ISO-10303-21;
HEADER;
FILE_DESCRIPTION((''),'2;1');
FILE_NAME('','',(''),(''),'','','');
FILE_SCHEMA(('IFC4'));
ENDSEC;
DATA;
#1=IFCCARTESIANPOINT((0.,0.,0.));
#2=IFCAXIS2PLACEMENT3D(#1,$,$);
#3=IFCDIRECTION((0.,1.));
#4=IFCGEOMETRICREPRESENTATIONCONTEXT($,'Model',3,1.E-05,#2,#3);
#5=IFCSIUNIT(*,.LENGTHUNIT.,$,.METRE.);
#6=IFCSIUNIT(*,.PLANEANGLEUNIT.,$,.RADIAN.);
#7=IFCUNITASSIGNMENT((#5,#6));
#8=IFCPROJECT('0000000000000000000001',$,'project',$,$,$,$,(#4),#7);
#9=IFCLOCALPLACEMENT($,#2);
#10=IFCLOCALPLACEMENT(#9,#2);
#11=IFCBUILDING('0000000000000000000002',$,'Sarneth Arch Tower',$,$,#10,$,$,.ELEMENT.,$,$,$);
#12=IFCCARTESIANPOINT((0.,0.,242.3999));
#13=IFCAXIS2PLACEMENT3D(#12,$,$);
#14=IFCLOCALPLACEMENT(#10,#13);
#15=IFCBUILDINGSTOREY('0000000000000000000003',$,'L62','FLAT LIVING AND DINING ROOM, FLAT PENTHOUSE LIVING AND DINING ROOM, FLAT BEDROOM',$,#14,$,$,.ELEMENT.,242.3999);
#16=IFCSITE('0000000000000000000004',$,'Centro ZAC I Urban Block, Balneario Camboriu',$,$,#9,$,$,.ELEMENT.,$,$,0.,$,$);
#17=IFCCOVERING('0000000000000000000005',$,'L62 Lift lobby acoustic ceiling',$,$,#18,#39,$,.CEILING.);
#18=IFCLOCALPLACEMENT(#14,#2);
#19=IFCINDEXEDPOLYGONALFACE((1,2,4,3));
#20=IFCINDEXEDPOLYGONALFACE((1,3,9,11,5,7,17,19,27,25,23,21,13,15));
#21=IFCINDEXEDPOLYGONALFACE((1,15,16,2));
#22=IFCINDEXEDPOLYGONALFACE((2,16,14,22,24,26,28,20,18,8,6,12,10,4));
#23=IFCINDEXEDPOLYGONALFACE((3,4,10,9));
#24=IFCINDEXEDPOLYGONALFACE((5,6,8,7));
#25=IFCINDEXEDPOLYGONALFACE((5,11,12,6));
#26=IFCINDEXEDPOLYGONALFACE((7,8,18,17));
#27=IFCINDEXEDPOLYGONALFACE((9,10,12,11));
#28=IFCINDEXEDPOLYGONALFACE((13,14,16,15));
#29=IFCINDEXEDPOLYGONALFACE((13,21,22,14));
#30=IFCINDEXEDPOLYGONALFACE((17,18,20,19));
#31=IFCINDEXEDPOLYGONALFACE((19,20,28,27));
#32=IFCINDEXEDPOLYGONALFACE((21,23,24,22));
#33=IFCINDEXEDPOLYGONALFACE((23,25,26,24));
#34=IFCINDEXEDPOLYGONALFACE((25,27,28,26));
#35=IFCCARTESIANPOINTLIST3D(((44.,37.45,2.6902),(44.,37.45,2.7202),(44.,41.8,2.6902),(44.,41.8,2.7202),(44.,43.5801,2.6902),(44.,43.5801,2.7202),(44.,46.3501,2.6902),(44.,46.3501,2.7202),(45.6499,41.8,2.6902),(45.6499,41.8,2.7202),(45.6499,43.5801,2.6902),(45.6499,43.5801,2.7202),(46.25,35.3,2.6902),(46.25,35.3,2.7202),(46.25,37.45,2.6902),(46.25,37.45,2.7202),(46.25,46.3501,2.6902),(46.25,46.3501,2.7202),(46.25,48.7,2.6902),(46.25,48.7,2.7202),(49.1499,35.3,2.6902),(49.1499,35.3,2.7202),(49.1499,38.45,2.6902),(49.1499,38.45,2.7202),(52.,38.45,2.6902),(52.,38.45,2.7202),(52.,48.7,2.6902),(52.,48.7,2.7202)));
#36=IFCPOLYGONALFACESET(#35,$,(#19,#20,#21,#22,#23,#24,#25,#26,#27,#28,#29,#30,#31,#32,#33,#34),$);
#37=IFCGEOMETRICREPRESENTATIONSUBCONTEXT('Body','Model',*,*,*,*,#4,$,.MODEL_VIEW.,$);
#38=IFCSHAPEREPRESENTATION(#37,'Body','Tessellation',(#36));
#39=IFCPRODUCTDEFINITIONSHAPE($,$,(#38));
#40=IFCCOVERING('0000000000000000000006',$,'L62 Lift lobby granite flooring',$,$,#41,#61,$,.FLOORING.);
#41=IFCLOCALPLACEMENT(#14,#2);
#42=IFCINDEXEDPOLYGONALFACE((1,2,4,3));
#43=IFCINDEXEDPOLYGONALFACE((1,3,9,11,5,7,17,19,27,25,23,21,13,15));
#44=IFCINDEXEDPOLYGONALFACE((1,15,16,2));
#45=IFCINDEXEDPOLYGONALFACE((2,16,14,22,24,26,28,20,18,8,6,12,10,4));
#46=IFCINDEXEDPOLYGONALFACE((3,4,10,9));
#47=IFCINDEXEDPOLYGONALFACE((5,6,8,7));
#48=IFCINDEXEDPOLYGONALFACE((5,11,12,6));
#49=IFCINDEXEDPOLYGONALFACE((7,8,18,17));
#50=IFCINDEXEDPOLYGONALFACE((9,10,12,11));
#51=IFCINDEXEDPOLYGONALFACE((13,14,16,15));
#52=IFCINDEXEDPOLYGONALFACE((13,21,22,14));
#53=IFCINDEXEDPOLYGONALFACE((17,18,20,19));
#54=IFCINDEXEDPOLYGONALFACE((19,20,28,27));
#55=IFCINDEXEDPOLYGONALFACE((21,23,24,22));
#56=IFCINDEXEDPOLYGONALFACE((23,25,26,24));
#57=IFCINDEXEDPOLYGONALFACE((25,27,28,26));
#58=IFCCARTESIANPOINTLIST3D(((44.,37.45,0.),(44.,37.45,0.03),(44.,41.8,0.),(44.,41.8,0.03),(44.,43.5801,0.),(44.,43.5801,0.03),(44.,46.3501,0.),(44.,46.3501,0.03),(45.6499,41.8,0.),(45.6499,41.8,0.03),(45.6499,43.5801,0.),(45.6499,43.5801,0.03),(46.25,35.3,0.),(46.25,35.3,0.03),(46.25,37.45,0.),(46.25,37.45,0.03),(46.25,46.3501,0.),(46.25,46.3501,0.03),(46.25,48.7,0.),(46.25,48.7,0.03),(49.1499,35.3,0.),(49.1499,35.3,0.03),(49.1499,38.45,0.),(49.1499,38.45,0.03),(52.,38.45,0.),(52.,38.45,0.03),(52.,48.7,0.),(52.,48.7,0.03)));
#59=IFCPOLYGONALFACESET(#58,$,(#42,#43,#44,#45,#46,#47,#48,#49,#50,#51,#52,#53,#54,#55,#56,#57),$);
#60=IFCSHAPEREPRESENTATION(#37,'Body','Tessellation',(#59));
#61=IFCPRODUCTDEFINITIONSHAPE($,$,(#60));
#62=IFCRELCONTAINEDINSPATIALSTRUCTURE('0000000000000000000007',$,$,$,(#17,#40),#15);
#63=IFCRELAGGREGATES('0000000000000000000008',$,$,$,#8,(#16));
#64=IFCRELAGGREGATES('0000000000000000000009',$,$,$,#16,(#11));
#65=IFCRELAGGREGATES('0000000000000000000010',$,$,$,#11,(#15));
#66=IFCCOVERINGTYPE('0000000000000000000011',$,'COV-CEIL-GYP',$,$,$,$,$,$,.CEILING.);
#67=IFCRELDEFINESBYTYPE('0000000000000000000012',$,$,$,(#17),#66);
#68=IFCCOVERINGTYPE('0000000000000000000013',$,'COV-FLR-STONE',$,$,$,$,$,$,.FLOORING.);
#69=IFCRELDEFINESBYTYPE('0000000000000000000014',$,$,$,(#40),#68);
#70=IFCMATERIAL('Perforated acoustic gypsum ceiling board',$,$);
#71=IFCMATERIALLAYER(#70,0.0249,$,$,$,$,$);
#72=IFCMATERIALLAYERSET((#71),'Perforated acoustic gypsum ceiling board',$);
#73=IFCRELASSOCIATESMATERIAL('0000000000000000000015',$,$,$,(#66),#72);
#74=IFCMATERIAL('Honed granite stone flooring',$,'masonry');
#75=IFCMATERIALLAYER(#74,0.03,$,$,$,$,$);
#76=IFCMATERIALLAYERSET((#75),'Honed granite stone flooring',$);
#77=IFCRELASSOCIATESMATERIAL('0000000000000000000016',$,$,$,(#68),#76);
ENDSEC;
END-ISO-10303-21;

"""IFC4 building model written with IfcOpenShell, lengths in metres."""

from ifc_helpers import new_model, si_unit, direction, frame, origin, place, context, subcontext, project, spatial, polyline, outline, extrude, material, layer, layer_set, type_object, element, save


model = new_model("IFC4")

# Units and contexts
model_context = context("Model", 3, precision=1e-05, world=origin(), true_north=direction((0.0, 1.0)))
body_context = subcontext(model_context, "Body", "Model", "MODEL_VIEW")
ifc_project = project(units=[si_unit("LENGTHUNIT", "METRE"), si_unit("PLANEANGLEUNIT", "RADIAN")], contexts=[model_context])

# Site, building, storey
site_placement = place(None, origin())
site = spatial("IfcSite", under=ifc_project, at=site_placement, Name="Centro ZAC I Urban Block, Balneario Camboriu", CompositionType="ELEMENT", RefElevation=0.0)
building_placement = place(site_placement, origin())
building = spatial("IfcBuilding", under=site, at=building_placement, Name="Sarneth Arch Tower", CompositionType="ELEMENT")
storey_placement = place(building_placement, frame((0.0, 0.0, 242.3999)))
storey = spatial("IfcBuildingStorey", under=building, at=storey_placement, Name="L62", Description="FLAT LIVING AND DINING ROOM, FLAT PENTHOUSE LIVING AND DINING ROOM, FLAT BEDROOM", CompositionType="ELEMENT", Elevation=242.3999)

# Coverings
ifc_material_1 = material(Name="Perforated acoustic gypsum ceiling board")
ifc_layer_1 = layer(ifc_material_1, 0.0249)
ifc_layer_set_1 = layer_set([ifc_layer_1], Name="Perforated acoustic gypsum ceiling board")
covering_type_1 = type_object("IfcCoveringType", Name="COV-CEIL-GYP", PredefinedType="CEILING", material=ifc_layer_set_1)
covering_1_placement = place(storey_placement, frame((0.0, 0.0, 2.6902)))
element("IfcCovering", 1, at=covering_1_placement, inside=storey, type_object=covering_type_1, Name="L62 Lift lobby acoustic ceiling", PredefinedType="CEILING", context=body_context, shape_type="SweptSolid", body=[
    extrude(outline(polyline([(49.1499, 38.45), (49.1499, 35.3), (46.25, 35.3), (46.25, 37.45), (44.0, 37.45), (44.0, 41.8), (45.6499, 41.8), (45.6499, 43.5801), (44.0, 43.5801), (44.0, 46.3501), (46.25, 46.3501), (46.25, 48.7), (52.0, 48.7), (52.0, 38.45), (49.1499, 38.45)])), origin(), (0.0, 0.0, 1.0), 0.03),
])
ifc_material_2 = material(Name="Honed granite stone flooring", Category="masonry")
ifc_layer_2 = layer(ifc_material_2, 0.03)
ifc_layer_set_2 = layer_set([ifc_layer_2], Name="Honed granite stone flooring")
covering_type_2 = type_object("IfcCoveringType", Name="COV-FLR-STONE", PredefinedType="FLOORING", material=ifc_layer_set_2)
covering_2_placement = place(storey_placement, origin())
element("IfcCovering", 2, at=covering_2_placement, inside=storey, type_object=covering_type_2, Name="L62 Lift lobby granite flooring", PredefinedType="FLOORING", context=body_context, shape_type="SweptSolid", body=[
    extrude(outline(polyline([(49.1499, 38.45), (49.1499, 35.3), (46.25, 35.3), (46.25, 37.45), (44.0, 37.45), (44.0, 41.8), (45.6499, 41.8), (45.6499, 43.5801), (44.0, 43.5801), (44.0, 46.3501), (46.25, 46.3501), (46.25, 48.7), (52.0, 48.7), (52.0, 38.45), (49.1499, 38.45)])), origin(), (0.0, 0.0, 1.0), 0.03),
])

save(model, "model.ifc")
